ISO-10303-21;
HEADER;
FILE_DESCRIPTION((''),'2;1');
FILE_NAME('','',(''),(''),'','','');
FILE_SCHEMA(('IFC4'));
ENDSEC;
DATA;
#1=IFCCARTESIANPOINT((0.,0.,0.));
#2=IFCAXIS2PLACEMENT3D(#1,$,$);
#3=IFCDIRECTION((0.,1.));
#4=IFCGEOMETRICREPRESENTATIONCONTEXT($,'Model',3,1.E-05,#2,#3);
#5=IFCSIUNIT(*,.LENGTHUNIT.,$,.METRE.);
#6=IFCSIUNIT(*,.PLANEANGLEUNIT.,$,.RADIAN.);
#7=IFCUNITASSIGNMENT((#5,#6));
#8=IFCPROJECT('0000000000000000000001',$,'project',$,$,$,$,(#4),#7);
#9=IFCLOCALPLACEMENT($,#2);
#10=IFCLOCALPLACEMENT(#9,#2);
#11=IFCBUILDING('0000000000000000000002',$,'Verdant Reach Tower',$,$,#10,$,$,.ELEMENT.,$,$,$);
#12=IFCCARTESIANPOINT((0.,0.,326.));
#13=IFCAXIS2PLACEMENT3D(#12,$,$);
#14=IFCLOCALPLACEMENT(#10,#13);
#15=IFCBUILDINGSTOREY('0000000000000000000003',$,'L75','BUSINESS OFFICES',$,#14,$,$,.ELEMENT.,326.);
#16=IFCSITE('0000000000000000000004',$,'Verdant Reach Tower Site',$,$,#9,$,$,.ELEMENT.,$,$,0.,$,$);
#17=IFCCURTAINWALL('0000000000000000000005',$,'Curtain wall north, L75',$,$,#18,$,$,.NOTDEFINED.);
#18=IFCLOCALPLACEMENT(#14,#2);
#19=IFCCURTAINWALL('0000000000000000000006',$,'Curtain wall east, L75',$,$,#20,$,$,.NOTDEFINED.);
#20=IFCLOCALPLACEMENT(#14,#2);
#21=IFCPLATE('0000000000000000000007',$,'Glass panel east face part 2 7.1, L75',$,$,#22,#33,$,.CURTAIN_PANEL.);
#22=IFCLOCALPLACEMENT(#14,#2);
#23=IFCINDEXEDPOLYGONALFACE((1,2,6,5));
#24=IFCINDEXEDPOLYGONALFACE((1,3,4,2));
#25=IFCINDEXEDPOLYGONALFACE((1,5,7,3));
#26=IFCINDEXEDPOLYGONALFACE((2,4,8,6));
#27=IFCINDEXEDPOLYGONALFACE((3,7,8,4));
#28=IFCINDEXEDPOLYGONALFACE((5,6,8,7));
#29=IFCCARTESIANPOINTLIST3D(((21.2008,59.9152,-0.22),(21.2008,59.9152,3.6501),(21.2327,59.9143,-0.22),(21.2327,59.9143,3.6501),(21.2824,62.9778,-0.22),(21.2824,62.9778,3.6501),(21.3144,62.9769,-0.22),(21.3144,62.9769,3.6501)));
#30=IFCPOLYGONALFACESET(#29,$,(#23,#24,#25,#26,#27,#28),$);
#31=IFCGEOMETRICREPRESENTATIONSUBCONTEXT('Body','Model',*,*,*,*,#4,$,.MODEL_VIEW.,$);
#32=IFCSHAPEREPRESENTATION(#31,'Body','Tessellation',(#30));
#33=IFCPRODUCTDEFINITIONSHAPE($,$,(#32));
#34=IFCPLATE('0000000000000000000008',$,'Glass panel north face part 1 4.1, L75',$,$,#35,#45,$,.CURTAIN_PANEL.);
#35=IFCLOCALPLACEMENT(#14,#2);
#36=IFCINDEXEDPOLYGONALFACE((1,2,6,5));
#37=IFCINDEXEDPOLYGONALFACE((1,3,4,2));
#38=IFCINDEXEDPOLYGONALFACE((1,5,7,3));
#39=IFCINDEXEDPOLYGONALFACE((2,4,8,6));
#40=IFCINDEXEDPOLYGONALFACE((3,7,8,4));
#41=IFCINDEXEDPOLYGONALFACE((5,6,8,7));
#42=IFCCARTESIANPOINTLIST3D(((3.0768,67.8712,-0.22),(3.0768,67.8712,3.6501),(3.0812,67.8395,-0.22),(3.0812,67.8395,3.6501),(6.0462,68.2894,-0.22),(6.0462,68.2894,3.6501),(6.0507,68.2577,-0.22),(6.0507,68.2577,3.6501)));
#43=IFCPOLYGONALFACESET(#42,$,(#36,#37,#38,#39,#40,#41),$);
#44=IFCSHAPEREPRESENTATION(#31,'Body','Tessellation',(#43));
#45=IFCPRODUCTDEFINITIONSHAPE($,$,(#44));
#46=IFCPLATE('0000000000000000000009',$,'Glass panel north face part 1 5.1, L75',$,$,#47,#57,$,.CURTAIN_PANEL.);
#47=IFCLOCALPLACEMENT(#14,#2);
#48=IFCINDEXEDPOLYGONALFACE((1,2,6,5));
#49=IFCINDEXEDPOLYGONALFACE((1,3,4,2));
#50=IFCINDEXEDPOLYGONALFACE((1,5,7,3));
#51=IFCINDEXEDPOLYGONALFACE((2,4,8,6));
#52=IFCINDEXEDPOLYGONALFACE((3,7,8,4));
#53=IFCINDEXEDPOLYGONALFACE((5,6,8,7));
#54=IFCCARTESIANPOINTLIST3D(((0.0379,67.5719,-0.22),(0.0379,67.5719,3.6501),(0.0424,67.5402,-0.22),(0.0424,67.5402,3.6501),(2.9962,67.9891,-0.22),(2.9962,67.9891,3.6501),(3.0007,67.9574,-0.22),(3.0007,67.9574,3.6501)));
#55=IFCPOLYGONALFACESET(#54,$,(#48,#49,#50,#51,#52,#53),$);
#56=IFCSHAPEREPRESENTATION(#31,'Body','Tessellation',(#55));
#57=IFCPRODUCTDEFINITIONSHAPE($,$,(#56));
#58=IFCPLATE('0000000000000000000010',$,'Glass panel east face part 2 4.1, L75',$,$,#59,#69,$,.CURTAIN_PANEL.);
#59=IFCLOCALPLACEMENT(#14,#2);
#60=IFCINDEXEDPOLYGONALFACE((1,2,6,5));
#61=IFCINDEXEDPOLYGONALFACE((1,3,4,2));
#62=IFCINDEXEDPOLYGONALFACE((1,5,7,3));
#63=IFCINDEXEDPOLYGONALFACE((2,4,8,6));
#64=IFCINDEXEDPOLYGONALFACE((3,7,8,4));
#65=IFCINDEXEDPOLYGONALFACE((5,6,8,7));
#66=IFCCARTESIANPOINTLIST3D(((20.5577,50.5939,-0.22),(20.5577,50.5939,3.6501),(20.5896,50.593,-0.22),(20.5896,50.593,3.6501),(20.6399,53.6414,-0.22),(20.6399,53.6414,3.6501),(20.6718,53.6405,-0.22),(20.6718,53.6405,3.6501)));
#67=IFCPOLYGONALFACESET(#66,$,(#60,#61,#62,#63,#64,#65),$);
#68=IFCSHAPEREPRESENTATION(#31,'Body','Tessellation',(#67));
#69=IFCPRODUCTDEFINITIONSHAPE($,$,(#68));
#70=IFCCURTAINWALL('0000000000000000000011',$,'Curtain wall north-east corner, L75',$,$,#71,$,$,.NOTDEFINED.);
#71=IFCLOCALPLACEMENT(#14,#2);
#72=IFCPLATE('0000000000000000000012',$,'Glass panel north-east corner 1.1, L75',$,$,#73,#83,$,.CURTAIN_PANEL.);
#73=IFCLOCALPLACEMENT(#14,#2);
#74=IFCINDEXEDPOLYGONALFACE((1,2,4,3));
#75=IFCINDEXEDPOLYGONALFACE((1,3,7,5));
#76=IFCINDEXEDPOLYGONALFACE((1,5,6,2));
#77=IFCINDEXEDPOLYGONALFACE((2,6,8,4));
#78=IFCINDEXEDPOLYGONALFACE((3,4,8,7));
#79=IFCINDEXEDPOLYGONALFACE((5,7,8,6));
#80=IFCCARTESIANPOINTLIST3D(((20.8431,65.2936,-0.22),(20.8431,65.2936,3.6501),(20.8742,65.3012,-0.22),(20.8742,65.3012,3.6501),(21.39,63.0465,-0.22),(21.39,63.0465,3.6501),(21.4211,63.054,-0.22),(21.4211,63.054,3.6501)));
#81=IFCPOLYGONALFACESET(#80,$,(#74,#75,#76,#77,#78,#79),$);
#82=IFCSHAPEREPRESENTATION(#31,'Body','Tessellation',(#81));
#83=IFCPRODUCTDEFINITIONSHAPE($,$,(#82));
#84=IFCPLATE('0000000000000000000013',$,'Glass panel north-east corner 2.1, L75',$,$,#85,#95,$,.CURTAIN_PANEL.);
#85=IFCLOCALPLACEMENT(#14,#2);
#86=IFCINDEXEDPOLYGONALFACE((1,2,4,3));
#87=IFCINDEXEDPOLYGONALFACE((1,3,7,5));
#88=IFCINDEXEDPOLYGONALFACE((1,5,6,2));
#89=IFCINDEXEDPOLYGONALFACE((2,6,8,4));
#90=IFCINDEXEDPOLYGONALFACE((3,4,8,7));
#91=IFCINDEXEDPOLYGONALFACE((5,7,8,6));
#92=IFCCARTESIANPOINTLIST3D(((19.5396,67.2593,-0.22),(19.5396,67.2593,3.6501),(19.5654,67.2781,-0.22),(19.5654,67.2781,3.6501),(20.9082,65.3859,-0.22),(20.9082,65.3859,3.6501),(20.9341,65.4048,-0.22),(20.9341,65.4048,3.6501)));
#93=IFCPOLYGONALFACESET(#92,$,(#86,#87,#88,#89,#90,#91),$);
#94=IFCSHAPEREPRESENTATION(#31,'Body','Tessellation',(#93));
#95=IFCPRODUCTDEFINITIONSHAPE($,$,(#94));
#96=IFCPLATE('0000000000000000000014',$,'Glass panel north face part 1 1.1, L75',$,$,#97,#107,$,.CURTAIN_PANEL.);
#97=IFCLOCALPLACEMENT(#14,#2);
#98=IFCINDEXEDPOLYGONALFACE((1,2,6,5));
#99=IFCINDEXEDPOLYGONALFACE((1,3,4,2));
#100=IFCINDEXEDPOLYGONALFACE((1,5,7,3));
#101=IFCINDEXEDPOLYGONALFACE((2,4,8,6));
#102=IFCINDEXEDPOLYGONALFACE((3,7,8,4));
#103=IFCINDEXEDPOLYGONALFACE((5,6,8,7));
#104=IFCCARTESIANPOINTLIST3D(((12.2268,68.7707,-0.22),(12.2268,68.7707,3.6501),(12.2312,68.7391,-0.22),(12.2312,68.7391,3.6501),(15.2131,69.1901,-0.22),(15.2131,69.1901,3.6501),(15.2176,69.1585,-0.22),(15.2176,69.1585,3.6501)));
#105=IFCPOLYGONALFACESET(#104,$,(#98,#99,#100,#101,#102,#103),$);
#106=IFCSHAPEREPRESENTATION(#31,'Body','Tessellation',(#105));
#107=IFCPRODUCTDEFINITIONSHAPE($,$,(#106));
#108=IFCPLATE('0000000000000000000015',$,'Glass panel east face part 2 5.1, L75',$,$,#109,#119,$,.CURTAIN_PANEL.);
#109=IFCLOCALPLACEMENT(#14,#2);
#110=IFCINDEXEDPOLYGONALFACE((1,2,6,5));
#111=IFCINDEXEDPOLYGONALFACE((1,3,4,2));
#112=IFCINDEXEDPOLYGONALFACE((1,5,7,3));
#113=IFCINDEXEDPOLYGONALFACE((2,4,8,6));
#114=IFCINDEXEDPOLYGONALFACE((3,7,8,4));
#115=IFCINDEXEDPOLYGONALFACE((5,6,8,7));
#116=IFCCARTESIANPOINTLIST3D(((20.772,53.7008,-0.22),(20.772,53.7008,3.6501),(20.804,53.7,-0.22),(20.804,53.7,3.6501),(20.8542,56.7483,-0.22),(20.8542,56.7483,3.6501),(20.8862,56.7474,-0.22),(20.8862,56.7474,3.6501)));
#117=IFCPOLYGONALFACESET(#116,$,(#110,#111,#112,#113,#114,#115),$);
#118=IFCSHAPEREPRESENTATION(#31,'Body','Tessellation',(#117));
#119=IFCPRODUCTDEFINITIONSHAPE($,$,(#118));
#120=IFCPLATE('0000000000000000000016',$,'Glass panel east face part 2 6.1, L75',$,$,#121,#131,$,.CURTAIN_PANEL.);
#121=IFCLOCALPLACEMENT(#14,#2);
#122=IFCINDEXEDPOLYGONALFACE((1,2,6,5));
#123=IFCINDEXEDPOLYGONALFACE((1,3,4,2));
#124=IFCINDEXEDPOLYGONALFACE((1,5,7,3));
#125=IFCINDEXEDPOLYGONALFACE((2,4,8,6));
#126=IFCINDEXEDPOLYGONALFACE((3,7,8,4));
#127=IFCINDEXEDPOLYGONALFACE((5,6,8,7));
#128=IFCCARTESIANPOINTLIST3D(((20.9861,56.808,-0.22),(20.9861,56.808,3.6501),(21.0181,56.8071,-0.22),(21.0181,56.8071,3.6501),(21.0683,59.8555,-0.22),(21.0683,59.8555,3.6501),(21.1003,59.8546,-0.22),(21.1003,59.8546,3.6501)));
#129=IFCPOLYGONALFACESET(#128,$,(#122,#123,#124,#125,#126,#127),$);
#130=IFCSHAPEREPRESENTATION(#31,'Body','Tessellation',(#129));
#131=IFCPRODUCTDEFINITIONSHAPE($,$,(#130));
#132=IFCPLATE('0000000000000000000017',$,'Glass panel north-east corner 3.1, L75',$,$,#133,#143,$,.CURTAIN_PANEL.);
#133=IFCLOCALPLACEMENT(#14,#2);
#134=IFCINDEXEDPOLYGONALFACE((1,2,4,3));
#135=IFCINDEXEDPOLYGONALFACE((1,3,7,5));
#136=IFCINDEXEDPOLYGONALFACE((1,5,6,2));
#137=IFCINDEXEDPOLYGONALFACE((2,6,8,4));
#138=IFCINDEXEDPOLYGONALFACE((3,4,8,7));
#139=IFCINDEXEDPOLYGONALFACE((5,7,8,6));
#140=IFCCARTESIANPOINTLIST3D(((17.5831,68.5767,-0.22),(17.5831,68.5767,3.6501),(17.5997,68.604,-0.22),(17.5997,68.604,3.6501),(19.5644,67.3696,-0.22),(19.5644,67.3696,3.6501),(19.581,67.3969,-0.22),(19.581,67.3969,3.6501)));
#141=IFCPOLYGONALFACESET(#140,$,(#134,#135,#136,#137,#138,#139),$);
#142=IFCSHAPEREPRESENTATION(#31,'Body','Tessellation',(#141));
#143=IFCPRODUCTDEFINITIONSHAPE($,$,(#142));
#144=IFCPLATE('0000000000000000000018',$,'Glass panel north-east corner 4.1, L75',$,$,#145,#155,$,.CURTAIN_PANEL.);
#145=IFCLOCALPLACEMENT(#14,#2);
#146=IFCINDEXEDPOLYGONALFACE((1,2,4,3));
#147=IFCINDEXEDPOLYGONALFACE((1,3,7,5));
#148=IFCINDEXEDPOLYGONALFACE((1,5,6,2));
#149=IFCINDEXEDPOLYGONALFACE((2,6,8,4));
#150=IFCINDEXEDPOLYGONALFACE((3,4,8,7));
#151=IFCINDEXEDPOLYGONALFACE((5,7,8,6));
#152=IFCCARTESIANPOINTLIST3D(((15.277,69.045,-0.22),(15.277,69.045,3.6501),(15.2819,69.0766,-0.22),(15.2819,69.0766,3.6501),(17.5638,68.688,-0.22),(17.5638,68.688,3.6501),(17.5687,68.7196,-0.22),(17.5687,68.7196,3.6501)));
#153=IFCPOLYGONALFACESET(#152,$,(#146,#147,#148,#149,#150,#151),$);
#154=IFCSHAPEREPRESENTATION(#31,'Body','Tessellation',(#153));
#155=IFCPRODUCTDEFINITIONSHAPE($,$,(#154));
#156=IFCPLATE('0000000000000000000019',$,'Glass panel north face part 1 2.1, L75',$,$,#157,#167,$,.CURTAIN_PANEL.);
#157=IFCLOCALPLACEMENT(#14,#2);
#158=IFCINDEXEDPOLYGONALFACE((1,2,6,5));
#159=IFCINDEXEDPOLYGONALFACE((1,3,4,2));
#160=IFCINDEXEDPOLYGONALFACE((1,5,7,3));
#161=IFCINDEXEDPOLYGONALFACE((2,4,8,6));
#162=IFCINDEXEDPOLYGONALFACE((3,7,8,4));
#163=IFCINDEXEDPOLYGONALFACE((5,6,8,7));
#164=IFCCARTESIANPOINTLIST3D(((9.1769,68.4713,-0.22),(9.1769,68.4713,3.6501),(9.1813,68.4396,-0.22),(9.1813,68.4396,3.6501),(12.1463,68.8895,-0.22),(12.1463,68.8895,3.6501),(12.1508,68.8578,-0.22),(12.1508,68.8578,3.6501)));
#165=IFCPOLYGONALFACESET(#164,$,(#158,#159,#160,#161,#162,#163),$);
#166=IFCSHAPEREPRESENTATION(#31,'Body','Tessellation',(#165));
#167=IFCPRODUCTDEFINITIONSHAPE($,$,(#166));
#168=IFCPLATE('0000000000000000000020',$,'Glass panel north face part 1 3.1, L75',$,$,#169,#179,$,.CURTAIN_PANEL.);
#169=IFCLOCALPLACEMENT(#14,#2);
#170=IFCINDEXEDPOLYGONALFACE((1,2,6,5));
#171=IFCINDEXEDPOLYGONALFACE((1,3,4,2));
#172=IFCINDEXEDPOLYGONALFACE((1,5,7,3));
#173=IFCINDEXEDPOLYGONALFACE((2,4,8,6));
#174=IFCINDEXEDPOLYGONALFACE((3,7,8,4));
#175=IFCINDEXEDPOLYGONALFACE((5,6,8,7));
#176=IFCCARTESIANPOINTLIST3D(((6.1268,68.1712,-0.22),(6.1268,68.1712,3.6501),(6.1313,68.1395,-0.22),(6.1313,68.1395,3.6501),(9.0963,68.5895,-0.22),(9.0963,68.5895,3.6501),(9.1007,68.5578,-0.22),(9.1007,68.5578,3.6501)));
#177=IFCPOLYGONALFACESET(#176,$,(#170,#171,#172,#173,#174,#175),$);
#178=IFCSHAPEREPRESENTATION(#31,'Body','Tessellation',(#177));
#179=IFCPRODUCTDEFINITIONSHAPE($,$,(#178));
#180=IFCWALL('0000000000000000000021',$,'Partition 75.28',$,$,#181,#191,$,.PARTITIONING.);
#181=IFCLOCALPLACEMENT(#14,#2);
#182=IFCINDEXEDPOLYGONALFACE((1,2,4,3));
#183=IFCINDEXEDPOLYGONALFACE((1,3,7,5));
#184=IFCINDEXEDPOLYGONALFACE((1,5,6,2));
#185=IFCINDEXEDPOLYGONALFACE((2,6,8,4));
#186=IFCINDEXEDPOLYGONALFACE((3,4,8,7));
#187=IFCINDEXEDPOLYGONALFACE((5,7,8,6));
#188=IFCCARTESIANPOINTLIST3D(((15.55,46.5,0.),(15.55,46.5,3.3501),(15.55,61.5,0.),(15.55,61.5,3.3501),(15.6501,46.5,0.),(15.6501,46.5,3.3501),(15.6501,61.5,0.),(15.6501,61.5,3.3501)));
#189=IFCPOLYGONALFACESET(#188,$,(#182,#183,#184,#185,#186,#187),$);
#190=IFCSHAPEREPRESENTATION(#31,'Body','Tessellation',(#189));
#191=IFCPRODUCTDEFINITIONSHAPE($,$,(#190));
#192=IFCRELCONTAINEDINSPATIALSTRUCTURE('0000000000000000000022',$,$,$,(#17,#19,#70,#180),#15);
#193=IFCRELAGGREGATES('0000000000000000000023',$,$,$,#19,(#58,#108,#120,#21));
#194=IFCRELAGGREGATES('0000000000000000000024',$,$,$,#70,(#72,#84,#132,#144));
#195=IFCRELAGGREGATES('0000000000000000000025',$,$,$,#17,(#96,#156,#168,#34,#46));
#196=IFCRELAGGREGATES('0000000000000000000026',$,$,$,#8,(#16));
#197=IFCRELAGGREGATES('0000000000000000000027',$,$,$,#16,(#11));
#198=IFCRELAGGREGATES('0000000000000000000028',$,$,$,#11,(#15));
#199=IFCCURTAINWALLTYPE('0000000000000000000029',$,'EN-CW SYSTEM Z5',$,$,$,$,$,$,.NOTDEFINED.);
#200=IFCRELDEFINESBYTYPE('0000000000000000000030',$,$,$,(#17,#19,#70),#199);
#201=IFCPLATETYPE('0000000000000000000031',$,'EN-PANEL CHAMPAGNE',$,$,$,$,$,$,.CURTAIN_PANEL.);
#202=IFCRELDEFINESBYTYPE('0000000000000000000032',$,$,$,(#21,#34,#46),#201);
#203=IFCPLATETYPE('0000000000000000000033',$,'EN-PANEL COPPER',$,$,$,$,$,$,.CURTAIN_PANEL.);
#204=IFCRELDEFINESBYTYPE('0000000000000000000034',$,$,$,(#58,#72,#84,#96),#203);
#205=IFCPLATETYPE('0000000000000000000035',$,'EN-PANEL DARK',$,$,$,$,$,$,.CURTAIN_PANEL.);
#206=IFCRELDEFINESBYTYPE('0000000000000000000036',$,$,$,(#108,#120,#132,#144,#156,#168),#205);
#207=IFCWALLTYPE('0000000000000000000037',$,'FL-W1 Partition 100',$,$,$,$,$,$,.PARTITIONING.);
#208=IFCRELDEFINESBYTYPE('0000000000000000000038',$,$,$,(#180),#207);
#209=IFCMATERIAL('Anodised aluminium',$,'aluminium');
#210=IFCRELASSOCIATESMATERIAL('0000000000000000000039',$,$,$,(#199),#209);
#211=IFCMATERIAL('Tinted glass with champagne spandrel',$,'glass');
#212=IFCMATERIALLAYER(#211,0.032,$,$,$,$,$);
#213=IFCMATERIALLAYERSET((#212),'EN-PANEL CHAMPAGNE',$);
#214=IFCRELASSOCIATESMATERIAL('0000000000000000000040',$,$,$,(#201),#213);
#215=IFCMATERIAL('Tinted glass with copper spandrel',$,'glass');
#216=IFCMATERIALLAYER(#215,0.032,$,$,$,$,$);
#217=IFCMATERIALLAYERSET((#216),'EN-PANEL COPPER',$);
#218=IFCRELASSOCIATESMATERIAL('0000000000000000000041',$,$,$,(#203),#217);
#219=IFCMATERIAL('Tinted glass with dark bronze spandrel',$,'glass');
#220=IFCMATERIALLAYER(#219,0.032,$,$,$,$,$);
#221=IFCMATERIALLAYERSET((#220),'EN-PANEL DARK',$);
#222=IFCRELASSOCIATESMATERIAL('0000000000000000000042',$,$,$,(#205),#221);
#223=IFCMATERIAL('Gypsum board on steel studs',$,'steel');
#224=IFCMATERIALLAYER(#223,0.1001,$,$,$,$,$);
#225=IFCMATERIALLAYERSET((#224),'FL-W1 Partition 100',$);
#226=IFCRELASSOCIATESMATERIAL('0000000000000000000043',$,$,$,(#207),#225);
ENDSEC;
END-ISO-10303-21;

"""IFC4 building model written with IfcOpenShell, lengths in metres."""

from ifc_helpers import new_model, si_unit, direction, frame, frame_2d, origin, origin_2d, place, context, subcontext, project, spatial, rectangle, extrude, material, layer, layer_set, type_object, element, aggregate, save


model = new_model("IFC4")

# Units and contexts
model_context = context("Model", 3, precision=1e-05, world=origin(), true_north=direction((0.0, 1.0)))
body_context = subcontext(model_context, "Body", "Model", "MODEL_VIEW")
ifc_project = project(units=[si_unit("LENGTHUNIT", "METRE"), si_unit("PLANEANGLEUNIT", "RADIAN")], contexts=[model_context])

# Site, building, storey
site_placement = place(None, origin())
site = spatial("IfcSite", under=ifc_project, at=site_placement, Name="Verdant Reach Tower Site", CompositionType="ELEMENT", RefElevation=0.0)
building_placement = place(site_placement, origin())
building = spatial("IfcBuilding", under=site, at=building_placement, Name="Verdant Reach Tower", CompositionType="ELEMENT")
storey_placement = place(building_placement, frame((0.0, 0.0, 326.0)))
storey = spatial("IfcBuildingStorey", under=building, at=storey_placement, Name="L75", Description="BUSINESS OFFICES", CompositionType="ELEMENT", Elevation=326.0)

# Curtain wall
ifc_material_1 = material(Name="Anodised aluminium", Category="aluminium")
curtain_wall_type = type_object("IfcCurtainWallType", Name="EN-CW SYSTEM Z5", PredefinedType="NOTDEFINED", material=ifc_material_1)
curtain_wall_1_placement = place(storey_placement, origin())
curtain_wall_1 = element("IfcCurtainWall", 1, at=curtain_wall_1_placement, inside=storey, type_object=curtain_wall_type, Name="Curtain wall north, L75", PredefinedType="NOTDEFINED")

# Curtain wall, plate
curtain_wall_2_placement = place(storey_placement, origin())
curtain_wall_2 = element("IfcCurtainWall", 2, at=curtain_wall_2_placement, inside=storey, type_object=curtain_wall_type, Name="Curtain wall east, L75", PredefinedType="NOTDEFINED")
ifc_material_2 = material(Name="Tinted glass with champagne spandrel", Category="glass")
ifc_layer_1 = layer(ifc_material_2, 0.032)
ifc_layer_set_1 = layer_set([ifc_layer_1], Name="EN-PANEL CHAMPAGNE")
plate_type_1 = type_object("IfcPlateType", Name="EN-PANEL CHAMPAGNE", PredefinedType="CURTAIN_PANEL", material=ifc_layer_set_1)
plate_1_placement = place(storey_placement, frame((21.2576, 61.446, -0.22), z_axis=(0.0, 0.0, 1.0), x_axis=(0.026643, 0.999645, 0.0)))
plate_1 = element("IfcPlate", 3, at=plate_1_placement, type_object=plate_type_1, Name="Glass panel east face part 2 7.1, L75", PredefinedType="CURTAIN_PANEL", context=body_context, shape_type="SweptSolid", body=[
    extrude(rectangle(XDim=3.0637, YDim=0.032, at=origin_2d()), origin(), (0.0, 0.0, 1.0), 3.8701),
])

# Plates
plate_2_placement = place(storey_placement, frame((4.5637, 68.0645, -0.22), z_axis=(0.0, 0.0, 1.0), x_axis=(-0.990225, -0.139477, 0.0)))
plate_2 = element("IfcPlate", 4, at=plate_2_placement, type_object=plate_type_1, Name="Glass panel north face part 1 4.1, L75", PredefinedType="CURTAIN_PANEL", context=body_context, shape_type="SweptSolid", body=[
    extrude(rectangle(XDim=2.9988, YDim=0.032, at=origin_2d()), origin(), (0.0, 0.0, 1.0), 3.8701),
])
plate_3_placement = place(storey_placement, frame((1.5193, 67.7646, -0.22), z_axis=(0.0, 0.0, 1.0), x_axis=(-0.9902, -0.139656, 0.0)))
plate_3 = element("IfcPlate", 5, at=plate_3_placement, type_object=plate_type_1, Name="Glass panel north face part 1 5.1, L75", PredefinedType="CURTAIN_PANEL", context=body_context, shape_type="SweptSolid", body=[
    extrude(rectangle(XDim=2.9875, YDim=0.032, at=origin_2d()), origin(), (0.0, 0.0, 1.0), 3.8701),
])
ifc_material_3 = material(Name="Tinted glass with copper spandrel", Category="glass")
ifc_layer_2 = layer(ifc_material_3, 0.032)
ifc_layer_set_2 = layer_set([ifc_layer_2], Name="EN-PANEL COPPER")
plate_type_2 = type_object("IfcPlateType", Name="EN-PANEL COPPER", PredefinedType="CURTAIN_PANEL", material=ifc_layer_set_2)
plate_4_placement = place(storey_placement, frame((20.6147, 52.1172, -0.22), z_axis=(0.0, 0.0, 1.0), x_axis=(0.026965, 0.999636, 0.0)))
plate_4 = element("IfcPlate", 6, at=plate_4_placement, type_object=plate_type_2, Name="Glass panel east face part 2 4.1, L75", PredefinedType="CURTAIN_PANEL", context=body_context, shape_type="SweptSolid", body=[
    extrude(rectangle(XDim=3.0486, YDim=0.032, at=origin_2d()), origin(), (0.0, 0.0, 1.0), 3.8701),
])

# Curtain wall, plates
curtain_wall_3_placement = place(storey_placement, origin())
curtain_wall_3 = element("IfcCurtainWall", 7, at=curtain_wall_3_placement, inside=storey, type_object=curtain_wall_type, Name="Curtain wall north-east corner, L75", PredefinedType="NOTDEFINED")
plate_5_placement = place(storey_placement, frame((21.1321, 64.1738, -0.22), z_axis=(0.0, 0.0, 1.0), x_axis=(-0.236471, 0.971638, 0.0)))
plate_5 = element("IfcPlate", 8, at=plate_5_placement, type_object=plate_type_2, Name="Glass panel north-east corner 1.1, L75", PredefinedType="CURTAIN_PANEL", context=body_context, shape_type="SweptSolid", body=[
    extrude(rectangle(XDim=2.3127, YDim=0.032, at=origin_2d()), origin(), (0.0, 0.0, 1.0), 3.8701),
])
plate_6_placement = place(storey_placement, frame((20.2368, 66.332, -0.22), z_axis=(0.0, 0.0, 1.0), x_axis=(-0.589927, 0.807457, 0.0)))
plate_6 = element("IfcPlate", 9, at=plate_6_placement, type_object=plate_type_2, Name="Glass panel north-east corner 2.1, L75", PredefinedType="CURTAIN_PANEL", context=body_context, shape_type="SweptSolid", body=[
    extrude(rectangle(XDim=2.3201, YDim=0.032, at=origin_2d()), origin(), (0.0, 0.0, 1.0), 3.8701),
])

# Plates
plate_7_placement = place(storey_placement, frame((13.7222, 68.9646, -0.22), z_axis=(0.0, 0.0, 1.0), x_axis=(-0.990282, -0.139077, 0.0)))
plate_7 = element("IfcPlate", 10, at=plate_7_placement, type_object=plate_type_2, Name="Glass panel north face part 1 1.1, L75", PredefinedType="CURTAIN_PANEL", context=body_context, shape_type="SweptSolid", body=[
    extrude(rectangle(XDim=3.0156, YDim=0.032, at=origin_2d()), origin(), (0.0, 0.0, 1.0), 3.8701),
])
ifc_material_4 = material(Name="Tinted glass with dark bronze spandrel", Category="glass")
ifc_layer_3 = layer(ifc_material_4, 0.032)
ifc_layer_set_3 = layer_set([ifc_layer_3], Name="EN-PANEL DARK")
plate_type_3 = type_object("IfcPlateType", Name="EN-PANEL DARK", PredefinedType="CURTAIN_PANEL", material=ifc_layer_set_3)
plate_8_placement = place(storey_placement, frame((20.8291, 55.2241, -0.22), z_axis=(0.0, 0.0, 1.0), x_axis=(0.026965, 0.999636, 0.0)))
plate_8 = element("IfcPlate", 11, at=plate_8_placement, type_object=plate_type_3, Name="Glass panel east face part 2 5.1, L75", PredefinedType="CURTAIN_PANEL", context=body_context, shape_type="SweptSolid", body=[
    extrude(rectangle(XDim=3.0486, YDim=0.032, at=origin_2d()), origin(), (0.0, 0.0, 1.0), 3.8701),
])
plate_9_placement = place(storey_placement, frame((21.0432, 58.3313, -0.22), z_axis=(0.0, 0.0, 1.0), x_axis=(0.026965, 0.999636, 0.0)))
plate_9 = element("IfcPlate", 12, at=plate_9_placement, type_object=plate_type_3, Name="Glass panel east face part 2 6.1, L75", PredefinedType="CURTAIN_PANEL", context=body_context, shape_type="SweptSolid", body=[
    extrude(rectangle(XDim=3.0486, YDim=0.032, at=origin_2d()), origin(), (0.0, 0.0, 1.0), 3.8701),
])
aggregate(curtain_wall_2, [plate_4, plate_8, plate_9, plate_1])
plate_10_placement = place(storey_placement, frame((18.582, 67.9868, -0.22), z_axis=(0.0, 0.0, 1.0), x_axis=(-0.853989, 0.520292, 0.0)))
plate_10 = element("IfcPlate", 13, at=plate_10_placement, type_object=plate_type_3, Name="Glass panel north-east corner 3.1, L75", PredefinedType="CURTAIN_PANEL", context=body_context, shape_type="SweptSolid", body=[
    extrude(rectangle(XDim=2.3201, YDim=0.032, at=origin_2d()), origin(), (0.0, 0.0, 1.0), 3.8701),
])
plate_11_placement = place(storey_placement, frame((16.4229, 68.8823, -0.22), z_axis=(0.0, 0.0, 1.0), x_axis=(-0.988033, 0.15424, 0.0)))
plate_11 = element("IfcPlate", 14, at=plate_11_placement, type_object=plate_type_3, Name="Glass panel north-east corner 4.1, L75", PredefinedType="CURTAIN_PANEL", context=body_context, shape_type="SweptSolid", body=[
    extrude(rectangle(XDim=2.3145, YDim=0.032, at=origin_2d()), origin(), (0.0, 0.0, 1.0), 3.8701),
])
aggregate(curtain_wall_3, [plate_5, plate_6, plate_10, plate_11])
plate_12_placement = place(storey_placement, frame((10.6638, 68.6646, -0.22), z_axis=(0.0, 0.0, 1.0), x_axis=(-0.990225, -0.139477, 0.0)))
plate_12 = element("IfcPlate", 15, at=plate_12_placement, type_object=plate_type_3, Name="Glass panel north face part 1 2.1, L75", PredefinedType="CURTAIN_PANEL", context=body_context, shape_type="SweptSolid", body=[
    extrude(rectangle(XDim=2.9988, YDim=0.032, at=origin_2d()), origin(), (0.0, 0.0, 1.0), 3.8701),
])
plate_13_placement = place(storey_placement, frame((7.6138, 68.3645, -0.22), z_axis=(0.0, 0.0, 1.0), x_axis=(-0.990225, -0.139477, 0.0)))
plate_13 = element("IfcPlate", 16, at=plate_13_placement, type_object=plate_type_3, Name="Glass panel north face part 1 3.1, L75", PredefinedType="CURTAIN_PANEL", context=body_context, shape_type="SweptSolid", body=[
    extrude(rectangle(XDim=2.9988, YDim=0.032, at=origin_2d()), origin(), (0.0, 0.0, 1.0), 3.8701),
])
aggregate(curtain_wall_1, [plate_7, plate_12, plate_13, plate_2, plate_3])

# Wall
ifc_material_5 = material(Name="Gypsum board on steel studs", Category="steel")
ifc_layer_4 = layer(ifc_material_5, 0.1001)
ifc_layer_set_4 = layer_set([ifc_layer_4], Name="FL-W1 Partition 100")
wall_type = type_object("IfcWallType", Name="FL-W1 Partition 100", PredefinedType="PARTITIONING", material=ifc_layer_set_4)
wall_1_placement = place(storey_placement, frame((15.6001, 61.5, 0.0), z_axis=(0.0, 0.0, 1.0), x_axis=(0.0, -1.0, 0.0)))
element("IfcWall", 17, at=wall_1_placement, inside=storey, type_object=wall_type, Name="Partition 75.28", PredefinedType="PARTITIONING", context=body_context, shape_type="SweptSolid", body=[
    extrude(rectangle(XDim=15.0, YDim=0.1001, at=frame_2d((7.5, 0.0))), origin(), (0.0, 0.0, 1.0), 3.3501),
])

save(model, "model.ifc")
